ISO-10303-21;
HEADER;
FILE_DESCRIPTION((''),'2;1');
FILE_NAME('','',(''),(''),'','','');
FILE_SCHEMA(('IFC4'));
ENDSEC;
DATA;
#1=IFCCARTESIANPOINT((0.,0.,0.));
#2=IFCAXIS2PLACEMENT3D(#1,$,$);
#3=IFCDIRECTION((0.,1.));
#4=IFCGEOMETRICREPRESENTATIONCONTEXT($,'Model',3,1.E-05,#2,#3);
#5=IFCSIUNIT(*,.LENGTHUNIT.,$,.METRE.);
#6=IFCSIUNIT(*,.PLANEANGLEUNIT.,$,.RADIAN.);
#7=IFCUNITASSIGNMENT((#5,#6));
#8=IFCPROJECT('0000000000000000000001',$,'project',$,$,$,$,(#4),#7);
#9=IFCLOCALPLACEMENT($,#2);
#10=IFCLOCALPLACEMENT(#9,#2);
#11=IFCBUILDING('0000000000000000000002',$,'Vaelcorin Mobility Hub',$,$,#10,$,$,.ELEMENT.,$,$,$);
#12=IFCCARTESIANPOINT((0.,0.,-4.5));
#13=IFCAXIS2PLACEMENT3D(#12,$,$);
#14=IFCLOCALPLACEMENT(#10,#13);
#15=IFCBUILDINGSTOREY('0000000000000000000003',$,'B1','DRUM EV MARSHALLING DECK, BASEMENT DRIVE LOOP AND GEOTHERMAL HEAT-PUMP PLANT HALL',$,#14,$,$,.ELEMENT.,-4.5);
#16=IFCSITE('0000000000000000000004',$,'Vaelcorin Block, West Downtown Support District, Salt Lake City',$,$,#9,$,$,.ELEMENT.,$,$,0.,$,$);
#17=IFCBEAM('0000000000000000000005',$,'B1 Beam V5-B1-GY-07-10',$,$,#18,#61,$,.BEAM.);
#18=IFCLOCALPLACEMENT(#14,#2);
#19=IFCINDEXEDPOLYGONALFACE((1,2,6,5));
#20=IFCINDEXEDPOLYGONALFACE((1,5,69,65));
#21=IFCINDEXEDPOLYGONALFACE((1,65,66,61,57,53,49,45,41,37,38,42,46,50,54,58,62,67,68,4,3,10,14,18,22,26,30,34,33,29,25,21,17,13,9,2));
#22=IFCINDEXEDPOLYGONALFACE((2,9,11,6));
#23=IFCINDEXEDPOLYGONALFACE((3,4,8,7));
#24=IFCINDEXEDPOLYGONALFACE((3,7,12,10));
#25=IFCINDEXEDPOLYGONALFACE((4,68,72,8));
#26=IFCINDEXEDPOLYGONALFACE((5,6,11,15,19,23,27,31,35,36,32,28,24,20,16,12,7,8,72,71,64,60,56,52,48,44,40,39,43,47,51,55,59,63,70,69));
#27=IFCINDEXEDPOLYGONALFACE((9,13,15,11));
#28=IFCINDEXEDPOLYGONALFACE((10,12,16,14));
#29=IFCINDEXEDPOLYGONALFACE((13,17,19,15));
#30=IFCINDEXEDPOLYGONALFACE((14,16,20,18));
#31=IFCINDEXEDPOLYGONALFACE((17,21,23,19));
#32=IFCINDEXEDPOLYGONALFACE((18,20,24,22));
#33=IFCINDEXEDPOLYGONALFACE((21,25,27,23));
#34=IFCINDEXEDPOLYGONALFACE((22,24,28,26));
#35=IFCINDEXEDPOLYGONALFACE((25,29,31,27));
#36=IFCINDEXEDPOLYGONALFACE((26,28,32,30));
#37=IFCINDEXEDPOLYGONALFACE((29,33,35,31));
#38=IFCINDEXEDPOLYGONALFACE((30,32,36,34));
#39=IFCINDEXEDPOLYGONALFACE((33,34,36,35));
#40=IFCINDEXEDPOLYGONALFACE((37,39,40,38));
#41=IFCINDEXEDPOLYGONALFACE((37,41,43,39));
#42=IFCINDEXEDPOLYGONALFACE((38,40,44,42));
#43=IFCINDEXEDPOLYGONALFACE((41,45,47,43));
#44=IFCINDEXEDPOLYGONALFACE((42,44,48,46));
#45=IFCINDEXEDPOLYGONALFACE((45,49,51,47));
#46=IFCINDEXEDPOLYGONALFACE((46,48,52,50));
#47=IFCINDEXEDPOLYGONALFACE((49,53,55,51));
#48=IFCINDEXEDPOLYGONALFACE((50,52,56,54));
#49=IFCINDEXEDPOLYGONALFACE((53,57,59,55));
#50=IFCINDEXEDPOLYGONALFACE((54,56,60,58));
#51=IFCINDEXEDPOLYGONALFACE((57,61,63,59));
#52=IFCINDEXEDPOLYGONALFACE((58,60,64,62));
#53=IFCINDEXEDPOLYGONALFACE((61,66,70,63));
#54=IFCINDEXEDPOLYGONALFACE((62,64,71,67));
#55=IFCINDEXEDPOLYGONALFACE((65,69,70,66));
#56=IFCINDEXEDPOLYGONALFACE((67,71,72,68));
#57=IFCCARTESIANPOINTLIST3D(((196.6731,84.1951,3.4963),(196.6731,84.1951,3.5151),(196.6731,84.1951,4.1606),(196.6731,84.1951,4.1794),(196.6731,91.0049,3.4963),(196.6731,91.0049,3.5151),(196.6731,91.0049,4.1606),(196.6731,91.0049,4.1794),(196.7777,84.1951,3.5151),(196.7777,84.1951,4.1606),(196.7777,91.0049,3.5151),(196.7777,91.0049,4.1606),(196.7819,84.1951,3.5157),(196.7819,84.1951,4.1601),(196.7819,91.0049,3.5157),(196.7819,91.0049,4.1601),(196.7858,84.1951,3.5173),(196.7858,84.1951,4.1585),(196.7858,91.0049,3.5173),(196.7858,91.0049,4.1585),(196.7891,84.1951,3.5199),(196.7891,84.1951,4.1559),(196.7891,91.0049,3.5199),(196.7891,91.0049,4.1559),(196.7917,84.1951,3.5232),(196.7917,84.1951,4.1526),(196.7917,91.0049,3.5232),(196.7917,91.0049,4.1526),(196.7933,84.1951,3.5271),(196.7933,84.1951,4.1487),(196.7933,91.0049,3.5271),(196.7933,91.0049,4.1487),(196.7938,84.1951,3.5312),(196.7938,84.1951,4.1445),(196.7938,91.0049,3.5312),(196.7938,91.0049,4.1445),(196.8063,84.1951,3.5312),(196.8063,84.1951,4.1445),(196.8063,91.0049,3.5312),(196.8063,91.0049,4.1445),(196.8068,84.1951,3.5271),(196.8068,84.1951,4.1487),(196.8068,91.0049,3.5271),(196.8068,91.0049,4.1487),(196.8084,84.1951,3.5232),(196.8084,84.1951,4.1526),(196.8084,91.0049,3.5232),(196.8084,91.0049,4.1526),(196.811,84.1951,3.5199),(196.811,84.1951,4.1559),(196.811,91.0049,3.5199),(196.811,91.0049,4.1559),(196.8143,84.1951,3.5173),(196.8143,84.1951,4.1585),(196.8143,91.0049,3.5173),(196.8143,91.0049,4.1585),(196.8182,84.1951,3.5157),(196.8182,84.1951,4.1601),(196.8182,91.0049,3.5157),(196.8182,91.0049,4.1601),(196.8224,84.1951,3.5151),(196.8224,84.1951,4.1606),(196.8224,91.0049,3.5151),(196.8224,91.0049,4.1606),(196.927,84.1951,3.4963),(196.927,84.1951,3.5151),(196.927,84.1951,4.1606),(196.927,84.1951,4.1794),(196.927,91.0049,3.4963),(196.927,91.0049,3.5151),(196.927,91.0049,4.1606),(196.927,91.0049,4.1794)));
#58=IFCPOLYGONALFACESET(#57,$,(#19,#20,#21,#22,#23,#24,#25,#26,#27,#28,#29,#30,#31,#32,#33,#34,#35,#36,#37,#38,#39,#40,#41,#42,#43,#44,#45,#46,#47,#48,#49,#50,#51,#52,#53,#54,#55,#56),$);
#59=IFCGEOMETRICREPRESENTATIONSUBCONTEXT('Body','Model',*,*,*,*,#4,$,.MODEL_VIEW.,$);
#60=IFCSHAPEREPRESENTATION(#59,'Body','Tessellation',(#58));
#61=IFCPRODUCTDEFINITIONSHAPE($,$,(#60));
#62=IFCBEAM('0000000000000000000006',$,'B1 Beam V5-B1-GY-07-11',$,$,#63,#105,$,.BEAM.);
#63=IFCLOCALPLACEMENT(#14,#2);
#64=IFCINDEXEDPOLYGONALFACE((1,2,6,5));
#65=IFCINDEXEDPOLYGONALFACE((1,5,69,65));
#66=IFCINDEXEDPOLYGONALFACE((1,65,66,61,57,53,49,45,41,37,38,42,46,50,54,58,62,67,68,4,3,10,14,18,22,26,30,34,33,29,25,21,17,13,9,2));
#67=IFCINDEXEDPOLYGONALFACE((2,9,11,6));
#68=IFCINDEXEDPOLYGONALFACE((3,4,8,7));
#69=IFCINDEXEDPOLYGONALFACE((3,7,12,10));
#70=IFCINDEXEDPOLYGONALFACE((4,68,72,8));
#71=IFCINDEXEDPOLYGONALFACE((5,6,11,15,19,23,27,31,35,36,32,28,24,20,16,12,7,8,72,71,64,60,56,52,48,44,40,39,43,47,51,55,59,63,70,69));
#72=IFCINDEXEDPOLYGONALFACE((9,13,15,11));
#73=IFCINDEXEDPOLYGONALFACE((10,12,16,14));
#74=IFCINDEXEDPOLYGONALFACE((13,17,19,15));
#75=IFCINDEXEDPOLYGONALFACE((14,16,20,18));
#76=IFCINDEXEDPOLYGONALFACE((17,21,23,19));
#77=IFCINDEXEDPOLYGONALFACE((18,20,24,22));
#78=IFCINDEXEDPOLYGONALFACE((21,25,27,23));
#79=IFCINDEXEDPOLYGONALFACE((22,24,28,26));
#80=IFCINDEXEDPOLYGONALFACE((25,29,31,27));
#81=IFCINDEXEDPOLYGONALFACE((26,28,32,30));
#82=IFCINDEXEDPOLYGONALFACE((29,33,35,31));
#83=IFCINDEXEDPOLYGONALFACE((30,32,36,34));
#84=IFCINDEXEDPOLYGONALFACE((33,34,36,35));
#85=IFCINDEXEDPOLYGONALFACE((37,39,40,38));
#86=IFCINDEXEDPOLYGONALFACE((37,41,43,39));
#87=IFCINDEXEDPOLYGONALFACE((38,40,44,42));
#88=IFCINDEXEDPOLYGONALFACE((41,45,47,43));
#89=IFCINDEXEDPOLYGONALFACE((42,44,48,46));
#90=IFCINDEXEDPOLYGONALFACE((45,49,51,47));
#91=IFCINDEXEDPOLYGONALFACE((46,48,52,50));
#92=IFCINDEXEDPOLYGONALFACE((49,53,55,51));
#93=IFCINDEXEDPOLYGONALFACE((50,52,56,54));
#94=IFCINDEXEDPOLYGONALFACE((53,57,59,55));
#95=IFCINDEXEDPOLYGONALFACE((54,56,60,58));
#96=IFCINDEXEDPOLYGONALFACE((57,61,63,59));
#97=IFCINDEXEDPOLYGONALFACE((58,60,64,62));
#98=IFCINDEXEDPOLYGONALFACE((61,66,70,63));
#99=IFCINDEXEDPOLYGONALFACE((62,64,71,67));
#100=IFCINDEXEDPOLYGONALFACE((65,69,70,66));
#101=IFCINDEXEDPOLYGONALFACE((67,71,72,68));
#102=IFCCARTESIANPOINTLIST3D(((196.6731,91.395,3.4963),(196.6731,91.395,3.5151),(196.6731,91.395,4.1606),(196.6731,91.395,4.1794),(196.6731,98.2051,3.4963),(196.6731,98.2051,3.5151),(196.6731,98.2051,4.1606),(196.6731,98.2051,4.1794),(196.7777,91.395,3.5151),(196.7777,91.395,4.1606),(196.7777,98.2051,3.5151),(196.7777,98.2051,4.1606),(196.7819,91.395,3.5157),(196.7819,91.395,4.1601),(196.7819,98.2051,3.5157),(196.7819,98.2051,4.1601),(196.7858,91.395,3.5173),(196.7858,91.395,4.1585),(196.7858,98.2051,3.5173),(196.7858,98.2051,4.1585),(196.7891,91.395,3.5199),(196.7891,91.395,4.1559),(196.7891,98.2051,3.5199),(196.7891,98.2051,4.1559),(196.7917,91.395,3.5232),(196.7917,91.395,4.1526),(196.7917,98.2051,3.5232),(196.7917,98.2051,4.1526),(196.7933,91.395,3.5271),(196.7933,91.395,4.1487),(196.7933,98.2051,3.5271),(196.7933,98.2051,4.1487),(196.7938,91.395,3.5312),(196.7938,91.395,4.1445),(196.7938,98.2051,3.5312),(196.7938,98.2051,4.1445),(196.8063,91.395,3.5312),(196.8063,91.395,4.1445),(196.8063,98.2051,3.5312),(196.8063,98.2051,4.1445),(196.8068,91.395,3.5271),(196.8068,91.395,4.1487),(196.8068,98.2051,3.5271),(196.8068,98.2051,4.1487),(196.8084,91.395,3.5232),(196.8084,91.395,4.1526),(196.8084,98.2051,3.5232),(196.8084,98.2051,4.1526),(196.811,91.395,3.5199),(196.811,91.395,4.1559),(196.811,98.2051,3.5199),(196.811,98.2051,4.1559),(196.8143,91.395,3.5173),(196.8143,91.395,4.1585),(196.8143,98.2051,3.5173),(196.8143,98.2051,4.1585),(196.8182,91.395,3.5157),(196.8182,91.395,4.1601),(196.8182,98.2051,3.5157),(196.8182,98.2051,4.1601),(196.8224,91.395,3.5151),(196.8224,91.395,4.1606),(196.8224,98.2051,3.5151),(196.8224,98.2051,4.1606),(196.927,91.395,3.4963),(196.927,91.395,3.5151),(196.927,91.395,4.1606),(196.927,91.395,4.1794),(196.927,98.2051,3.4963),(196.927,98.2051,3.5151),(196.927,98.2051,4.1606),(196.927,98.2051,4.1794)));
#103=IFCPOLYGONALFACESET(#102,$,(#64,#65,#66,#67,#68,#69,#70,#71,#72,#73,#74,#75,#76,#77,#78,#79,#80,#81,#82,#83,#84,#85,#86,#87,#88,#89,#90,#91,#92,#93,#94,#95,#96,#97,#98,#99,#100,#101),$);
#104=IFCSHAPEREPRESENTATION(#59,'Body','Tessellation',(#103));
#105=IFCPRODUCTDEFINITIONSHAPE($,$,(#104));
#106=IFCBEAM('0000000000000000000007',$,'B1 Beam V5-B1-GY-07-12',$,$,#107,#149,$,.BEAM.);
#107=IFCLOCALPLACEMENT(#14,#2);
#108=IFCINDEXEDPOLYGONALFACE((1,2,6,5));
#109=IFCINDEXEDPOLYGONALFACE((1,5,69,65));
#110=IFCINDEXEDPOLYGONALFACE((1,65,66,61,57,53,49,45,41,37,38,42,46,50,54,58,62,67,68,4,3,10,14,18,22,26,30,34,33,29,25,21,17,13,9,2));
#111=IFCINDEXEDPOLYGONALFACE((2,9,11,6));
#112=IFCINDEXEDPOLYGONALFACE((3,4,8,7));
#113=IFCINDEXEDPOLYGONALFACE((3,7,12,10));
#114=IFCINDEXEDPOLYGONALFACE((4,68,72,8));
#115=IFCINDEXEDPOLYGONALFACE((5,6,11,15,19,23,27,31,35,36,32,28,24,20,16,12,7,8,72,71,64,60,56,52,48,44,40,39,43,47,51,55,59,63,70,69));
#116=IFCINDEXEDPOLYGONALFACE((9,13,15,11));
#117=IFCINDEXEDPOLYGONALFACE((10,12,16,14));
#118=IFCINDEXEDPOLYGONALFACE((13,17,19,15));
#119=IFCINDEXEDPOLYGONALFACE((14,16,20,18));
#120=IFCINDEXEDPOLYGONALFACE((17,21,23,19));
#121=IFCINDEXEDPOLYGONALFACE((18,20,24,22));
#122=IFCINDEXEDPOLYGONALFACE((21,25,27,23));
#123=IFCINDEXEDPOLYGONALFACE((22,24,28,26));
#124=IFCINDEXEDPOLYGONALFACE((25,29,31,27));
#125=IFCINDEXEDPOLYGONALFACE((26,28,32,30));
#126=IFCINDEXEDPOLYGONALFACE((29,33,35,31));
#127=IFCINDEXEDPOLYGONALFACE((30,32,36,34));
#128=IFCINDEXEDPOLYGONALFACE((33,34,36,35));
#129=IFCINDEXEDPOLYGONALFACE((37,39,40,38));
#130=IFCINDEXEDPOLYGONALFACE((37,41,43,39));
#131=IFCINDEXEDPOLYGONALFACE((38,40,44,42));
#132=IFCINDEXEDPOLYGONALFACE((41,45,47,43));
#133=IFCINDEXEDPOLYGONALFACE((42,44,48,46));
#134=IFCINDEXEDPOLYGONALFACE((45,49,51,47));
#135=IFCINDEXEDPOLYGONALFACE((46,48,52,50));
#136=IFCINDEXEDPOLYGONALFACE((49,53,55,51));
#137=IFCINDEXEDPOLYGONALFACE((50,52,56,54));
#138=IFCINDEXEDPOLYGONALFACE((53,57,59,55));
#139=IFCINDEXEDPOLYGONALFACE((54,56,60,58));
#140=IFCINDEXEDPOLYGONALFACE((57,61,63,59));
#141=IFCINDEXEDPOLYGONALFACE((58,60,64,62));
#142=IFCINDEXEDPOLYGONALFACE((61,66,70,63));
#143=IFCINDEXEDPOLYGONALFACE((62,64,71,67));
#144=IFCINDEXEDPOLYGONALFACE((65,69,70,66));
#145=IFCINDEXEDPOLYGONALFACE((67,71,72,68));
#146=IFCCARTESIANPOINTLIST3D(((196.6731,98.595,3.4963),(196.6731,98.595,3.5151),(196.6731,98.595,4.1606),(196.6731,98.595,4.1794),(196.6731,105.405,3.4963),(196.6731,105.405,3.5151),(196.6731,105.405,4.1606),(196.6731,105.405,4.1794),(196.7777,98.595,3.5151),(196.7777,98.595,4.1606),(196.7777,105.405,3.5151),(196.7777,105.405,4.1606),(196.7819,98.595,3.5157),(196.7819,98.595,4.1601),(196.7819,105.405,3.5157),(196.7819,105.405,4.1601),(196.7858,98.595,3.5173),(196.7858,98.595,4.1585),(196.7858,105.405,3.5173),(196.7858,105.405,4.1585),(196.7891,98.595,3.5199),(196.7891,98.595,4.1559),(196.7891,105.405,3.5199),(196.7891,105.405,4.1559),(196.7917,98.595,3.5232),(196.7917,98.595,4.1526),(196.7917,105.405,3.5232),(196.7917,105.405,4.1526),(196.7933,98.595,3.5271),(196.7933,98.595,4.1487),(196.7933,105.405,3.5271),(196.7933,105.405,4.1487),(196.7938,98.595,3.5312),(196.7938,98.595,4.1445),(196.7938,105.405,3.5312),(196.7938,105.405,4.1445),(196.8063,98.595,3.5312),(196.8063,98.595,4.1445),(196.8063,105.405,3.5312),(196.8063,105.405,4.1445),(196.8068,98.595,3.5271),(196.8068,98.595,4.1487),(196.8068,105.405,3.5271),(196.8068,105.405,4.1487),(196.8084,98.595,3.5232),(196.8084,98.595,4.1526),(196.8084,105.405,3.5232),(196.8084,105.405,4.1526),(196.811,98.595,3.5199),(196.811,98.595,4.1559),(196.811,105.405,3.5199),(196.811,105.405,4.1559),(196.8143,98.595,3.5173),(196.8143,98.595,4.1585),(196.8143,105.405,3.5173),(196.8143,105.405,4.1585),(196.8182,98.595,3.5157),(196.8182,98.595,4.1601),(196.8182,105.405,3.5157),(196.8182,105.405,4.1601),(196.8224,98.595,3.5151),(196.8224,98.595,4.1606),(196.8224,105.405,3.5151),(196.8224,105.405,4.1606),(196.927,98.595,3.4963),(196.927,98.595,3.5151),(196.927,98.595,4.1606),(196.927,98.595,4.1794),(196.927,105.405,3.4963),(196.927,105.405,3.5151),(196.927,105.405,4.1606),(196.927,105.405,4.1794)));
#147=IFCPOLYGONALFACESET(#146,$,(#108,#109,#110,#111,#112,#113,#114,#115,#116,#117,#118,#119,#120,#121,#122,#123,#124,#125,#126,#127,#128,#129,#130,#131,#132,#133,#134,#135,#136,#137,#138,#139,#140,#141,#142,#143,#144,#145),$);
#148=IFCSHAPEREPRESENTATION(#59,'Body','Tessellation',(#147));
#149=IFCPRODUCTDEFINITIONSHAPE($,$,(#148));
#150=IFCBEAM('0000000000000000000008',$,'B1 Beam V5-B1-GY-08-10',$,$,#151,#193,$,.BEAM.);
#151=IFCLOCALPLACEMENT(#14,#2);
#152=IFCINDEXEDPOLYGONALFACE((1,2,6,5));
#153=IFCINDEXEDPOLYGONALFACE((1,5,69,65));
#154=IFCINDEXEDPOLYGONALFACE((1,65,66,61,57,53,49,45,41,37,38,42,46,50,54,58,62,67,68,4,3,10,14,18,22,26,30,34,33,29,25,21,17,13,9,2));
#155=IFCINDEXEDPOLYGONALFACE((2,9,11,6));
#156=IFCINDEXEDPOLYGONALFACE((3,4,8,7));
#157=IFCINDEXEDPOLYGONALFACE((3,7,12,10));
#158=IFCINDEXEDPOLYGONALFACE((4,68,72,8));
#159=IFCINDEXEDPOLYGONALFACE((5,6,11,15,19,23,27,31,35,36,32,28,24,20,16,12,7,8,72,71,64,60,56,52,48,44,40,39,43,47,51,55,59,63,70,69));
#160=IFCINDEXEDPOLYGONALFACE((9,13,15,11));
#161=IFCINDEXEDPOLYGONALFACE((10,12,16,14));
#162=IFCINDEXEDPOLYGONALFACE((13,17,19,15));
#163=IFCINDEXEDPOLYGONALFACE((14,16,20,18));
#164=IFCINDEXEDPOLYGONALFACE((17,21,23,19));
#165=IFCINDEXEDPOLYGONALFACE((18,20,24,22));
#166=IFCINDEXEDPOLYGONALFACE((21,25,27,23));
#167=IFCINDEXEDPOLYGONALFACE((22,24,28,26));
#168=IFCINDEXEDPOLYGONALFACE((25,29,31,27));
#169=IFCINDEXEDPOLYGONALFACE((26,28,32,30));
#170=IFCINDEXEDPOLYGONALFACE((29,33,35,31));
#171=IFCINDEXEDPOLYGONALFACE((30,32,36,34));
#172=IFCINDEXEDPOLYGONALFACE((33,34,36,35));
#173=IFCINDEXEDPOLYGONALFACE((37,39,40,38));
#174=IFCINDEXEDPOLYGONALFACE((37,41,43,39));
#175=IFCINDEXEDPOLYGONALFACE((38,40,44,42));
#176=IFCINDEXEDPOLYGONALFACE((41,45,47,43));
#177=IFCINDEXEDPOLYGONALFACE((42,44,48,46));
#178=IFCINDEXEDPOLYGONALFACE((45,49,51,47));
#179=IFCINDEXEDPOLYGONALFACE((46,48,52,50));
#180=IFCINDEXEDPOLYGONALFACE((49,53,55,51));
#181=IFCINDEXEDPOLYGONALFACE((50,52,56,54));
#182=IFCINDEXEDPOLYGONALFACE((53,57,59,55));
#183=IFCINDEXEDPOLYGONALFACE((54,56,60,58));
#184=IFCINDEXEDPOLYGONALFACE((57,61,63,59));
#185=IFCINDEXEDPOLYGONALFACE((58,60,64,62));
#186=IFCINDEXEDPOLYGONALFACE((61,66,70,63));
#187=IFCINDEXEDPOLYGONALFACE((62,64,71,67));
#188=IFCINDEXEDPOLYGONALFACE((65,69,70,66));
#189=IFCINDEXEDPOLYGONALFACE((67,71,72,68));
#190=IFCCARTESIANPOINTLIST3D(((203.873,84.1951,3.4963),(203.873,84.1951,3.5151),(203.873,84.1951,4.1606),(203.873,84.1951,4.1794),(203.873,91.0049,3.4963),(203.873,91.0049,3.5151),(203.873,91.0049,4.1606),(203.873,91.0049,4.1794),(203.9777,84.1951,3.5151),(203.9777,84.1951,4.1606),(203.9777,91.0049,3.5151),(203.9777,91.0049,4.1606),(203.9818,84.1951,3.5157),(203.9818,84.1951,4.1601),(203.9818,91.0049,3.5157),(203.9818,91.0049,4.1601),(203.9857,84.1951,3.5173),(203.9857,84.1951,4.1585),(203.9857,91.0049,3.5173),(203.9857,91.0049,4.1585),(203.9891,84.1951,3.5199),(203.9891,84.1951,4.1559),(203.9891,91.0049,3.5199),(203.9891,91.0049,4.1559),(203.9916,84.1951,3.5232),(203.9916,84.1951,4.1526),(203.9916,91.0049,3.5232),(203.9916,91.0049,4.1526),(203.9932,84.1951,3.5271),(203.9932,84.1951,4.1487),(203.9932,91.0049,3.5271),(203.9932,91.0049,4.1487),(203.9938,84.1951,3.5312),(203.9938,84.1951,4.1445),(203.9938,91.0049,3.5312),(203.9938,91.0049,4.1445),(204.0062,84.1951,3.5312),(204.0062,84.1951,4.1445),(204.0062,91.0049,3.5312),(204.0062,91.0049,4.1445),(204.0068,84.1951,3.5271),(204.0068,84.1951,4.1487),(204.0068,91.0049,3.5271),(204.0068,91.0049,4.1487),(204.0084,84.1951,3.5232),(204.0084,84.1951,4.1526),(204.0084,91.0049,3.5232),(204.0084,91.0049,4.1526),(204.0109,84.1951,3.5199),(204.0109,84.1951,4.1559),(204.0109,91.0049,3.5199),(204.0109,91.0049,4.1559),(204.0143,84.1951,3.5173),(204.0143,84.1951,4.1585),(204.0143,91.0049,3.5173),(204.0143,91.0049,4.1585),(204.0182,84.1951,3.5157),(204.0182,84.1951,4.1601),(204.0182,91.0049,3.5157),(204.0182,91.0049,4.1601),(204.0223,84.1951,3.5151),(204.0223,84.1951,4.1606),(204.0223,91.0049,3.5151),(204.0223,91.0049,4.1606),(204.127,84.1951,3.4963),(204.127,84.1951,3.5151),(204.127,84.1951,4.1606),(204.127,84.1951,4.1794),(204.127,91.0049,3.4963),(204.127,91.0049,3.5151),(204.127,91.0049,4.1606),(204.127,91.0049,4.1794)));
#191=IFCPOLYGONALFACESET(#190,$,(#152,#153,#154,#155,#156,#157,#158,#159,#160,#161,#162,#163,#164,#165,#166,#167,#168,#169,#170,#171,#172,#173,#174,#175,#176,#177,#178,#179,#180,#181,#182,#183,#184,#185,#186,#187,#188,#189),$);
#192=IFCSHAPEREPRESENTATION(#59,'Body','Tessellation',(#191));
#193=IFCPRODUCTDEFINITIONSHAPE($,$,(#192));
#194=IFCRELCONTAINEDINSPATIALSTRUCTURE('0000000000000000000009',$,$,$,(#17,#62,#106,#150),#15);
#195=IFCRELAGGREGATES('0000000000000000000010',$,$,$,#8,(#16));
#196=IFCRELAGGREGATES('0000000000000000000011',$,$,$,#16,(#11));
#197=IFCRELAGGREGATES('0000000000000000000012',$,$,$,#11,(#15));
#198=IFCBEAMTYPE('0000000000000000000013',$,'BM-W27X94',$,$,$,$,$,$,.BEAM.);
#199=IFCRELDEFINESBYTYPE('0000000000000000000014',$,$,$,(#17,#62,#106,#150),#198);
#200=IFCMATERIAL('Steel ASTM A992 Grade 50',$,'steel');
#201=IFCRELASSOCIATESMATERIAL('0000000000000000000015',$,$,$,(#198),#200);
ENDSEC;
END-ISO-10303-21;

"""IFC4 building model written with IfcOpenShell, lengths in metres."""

from ifc_helpers import new_model, si_unit, direction, frame, origin, origin_2d, place, context, subcontext, project, spatial, i_section, extrude, material, material_profile, profile_set, type_object, element, save


model = new_model("IFC4")

# Units and contexts
model_context = context("Model", 3, precision=1e-05, world=origin(), true_north=direction((0.0, 1.0)))
body_context = subcontext(model_context, "Body", "Model", "MODEL_VIEW")
ifc_project = project(units=[si_unit("LENGTHUNIT", "METRE"), si_unit("PLANEANGLEUNIT", "RADIAN")], contexts=[model_context])

# Site, building, storey
site_placement = place(None, origin())
site = spatial("IfcSite", under=ifc_project, at=site_placement, Name="Vaelcorin Block, West Downtown Support District, Salt Lake City", CompositionType="ELEMENT", RefElevation=0.0)
building_placement = place(site_placement, origin())
building = spatial("IfcBuilding", under=site, at=building_placement, Name="Vaelcorin Mobility Hub", CompositionType="ELEMENT")
storey_placement = place(building_placement, frame((0.0, 0.0, -4.5)))
storey = spatial("IfcBuildingStorey", under=building, at=storey_placement, Name="B1", Description="DRUM EV MARSHALLING DECK, BASEMENT DRIVE LOOP AND GEOTHERMAL HEAT-PUMP PLANT HALL", CompositionType="ELEMENT", Elevation=-4.5)

# Shared definitions
ifc_material_1 = material(Name="Steel ASTM A992 Grade 50", Category="steel")

# Beams
ifc_material_profile_1 = material_profile(ifc_material_1, i_section(OverallWidth=0.2539, OverallDepth=0.6831, WebThickness=0.0125, FlangeThickness=0.0188, FilletRadius=0.0161, at=origin_2d()), Name="W27X94")
ifc_profile_set_1 = profile_set([ifc_material_profile_1], Name="Steel ASTM A992 Grade 50")
beam_type_1 = type_object("IfcBeamType", Name="BM-W27X94", PredefinedType="BEAM", material=ifc_profile_set_1)
beam_1_placement = place(storey_placement, frame((196.8, 84.1951, 3.8379), z_axis=(0.0, 1.0, 0.0), x_axis=(-1.0, 0.0, 0.0)))
element("IfcBeam", 1, at=beam_1_placement, inside=storey, type_object=beam_type_1, Name="B1 Beam V5-B1-GY-07-10", PredefinedType="BEAM", context=body_context, shape_type="SweptSolid", body=[
    extrude(i_section(OverallWidth=0.2539, OverallDepth=0.6831, WebThickness=0.0125, FlangeThickness=0.0188, FilletRadius=0.0161, at=origin_2d()), origin(), (0.0, 0.0, 1.0), 6.8098),
])
for number, where, z_axis, x_axis, name in (
    (2, (196.8, 91.395, 3.8379), (0.0, 1.0, 0.0), (-1.0, 0.0, 0.0), "B1 Beam V5-B1-GY-07-11"),
    (3, (196.8, 98.595, 3.8379), (0.0, 1.0, 0.0), (-1.0, 0.0, 0.0), "B1 Beam V5-B1-GY-07-12"),
):
    element("IfcBeam", number, at=place(storey_placement, frame(where, z_axis=z_axis, x_axis=x_axis)), inside=storey, type_object=beam_type_1, Name=name, PredefinedType="BEAM", context=body_context, shape_type="SweptSolid", body=[
        extrude(i_section(OverallWidth=0.2539, OverallDepth=0.6831, WebThickness=0.0125, FlangeThickness=0.0188, FilletRadius=0.0161, at=origin_2d()), origin(), (0.0, 0.0, 1.0), 6.8101),
    ])
beam_2_placement = place(storey_placement, frame((204.0, 84.1951, 3.8379), z_axis=(0.0, 1.0, 0.0), x_axis=(-1.0, 0.0, 0.0)))
element("IfcBeam", 4, at=beam_2_placement, inside=storey, type_object=beam_type_1, Name="B1 Beam V5-B1-GY-08-10", PredefinedType="BEAM", context=body_context, shape_type="SweptSolid", body=[
    extrude(i_section(OverallWidth=0.2539, OverallDepth=0.6831, WebThickness=0.0125, FlangeThickness=0.0188, FilletRadius=0.0161, at=origin_2d()), origin(), (0.0, 0.0, 1.0), 6.8098),
])

save(model, "model.ifc")
